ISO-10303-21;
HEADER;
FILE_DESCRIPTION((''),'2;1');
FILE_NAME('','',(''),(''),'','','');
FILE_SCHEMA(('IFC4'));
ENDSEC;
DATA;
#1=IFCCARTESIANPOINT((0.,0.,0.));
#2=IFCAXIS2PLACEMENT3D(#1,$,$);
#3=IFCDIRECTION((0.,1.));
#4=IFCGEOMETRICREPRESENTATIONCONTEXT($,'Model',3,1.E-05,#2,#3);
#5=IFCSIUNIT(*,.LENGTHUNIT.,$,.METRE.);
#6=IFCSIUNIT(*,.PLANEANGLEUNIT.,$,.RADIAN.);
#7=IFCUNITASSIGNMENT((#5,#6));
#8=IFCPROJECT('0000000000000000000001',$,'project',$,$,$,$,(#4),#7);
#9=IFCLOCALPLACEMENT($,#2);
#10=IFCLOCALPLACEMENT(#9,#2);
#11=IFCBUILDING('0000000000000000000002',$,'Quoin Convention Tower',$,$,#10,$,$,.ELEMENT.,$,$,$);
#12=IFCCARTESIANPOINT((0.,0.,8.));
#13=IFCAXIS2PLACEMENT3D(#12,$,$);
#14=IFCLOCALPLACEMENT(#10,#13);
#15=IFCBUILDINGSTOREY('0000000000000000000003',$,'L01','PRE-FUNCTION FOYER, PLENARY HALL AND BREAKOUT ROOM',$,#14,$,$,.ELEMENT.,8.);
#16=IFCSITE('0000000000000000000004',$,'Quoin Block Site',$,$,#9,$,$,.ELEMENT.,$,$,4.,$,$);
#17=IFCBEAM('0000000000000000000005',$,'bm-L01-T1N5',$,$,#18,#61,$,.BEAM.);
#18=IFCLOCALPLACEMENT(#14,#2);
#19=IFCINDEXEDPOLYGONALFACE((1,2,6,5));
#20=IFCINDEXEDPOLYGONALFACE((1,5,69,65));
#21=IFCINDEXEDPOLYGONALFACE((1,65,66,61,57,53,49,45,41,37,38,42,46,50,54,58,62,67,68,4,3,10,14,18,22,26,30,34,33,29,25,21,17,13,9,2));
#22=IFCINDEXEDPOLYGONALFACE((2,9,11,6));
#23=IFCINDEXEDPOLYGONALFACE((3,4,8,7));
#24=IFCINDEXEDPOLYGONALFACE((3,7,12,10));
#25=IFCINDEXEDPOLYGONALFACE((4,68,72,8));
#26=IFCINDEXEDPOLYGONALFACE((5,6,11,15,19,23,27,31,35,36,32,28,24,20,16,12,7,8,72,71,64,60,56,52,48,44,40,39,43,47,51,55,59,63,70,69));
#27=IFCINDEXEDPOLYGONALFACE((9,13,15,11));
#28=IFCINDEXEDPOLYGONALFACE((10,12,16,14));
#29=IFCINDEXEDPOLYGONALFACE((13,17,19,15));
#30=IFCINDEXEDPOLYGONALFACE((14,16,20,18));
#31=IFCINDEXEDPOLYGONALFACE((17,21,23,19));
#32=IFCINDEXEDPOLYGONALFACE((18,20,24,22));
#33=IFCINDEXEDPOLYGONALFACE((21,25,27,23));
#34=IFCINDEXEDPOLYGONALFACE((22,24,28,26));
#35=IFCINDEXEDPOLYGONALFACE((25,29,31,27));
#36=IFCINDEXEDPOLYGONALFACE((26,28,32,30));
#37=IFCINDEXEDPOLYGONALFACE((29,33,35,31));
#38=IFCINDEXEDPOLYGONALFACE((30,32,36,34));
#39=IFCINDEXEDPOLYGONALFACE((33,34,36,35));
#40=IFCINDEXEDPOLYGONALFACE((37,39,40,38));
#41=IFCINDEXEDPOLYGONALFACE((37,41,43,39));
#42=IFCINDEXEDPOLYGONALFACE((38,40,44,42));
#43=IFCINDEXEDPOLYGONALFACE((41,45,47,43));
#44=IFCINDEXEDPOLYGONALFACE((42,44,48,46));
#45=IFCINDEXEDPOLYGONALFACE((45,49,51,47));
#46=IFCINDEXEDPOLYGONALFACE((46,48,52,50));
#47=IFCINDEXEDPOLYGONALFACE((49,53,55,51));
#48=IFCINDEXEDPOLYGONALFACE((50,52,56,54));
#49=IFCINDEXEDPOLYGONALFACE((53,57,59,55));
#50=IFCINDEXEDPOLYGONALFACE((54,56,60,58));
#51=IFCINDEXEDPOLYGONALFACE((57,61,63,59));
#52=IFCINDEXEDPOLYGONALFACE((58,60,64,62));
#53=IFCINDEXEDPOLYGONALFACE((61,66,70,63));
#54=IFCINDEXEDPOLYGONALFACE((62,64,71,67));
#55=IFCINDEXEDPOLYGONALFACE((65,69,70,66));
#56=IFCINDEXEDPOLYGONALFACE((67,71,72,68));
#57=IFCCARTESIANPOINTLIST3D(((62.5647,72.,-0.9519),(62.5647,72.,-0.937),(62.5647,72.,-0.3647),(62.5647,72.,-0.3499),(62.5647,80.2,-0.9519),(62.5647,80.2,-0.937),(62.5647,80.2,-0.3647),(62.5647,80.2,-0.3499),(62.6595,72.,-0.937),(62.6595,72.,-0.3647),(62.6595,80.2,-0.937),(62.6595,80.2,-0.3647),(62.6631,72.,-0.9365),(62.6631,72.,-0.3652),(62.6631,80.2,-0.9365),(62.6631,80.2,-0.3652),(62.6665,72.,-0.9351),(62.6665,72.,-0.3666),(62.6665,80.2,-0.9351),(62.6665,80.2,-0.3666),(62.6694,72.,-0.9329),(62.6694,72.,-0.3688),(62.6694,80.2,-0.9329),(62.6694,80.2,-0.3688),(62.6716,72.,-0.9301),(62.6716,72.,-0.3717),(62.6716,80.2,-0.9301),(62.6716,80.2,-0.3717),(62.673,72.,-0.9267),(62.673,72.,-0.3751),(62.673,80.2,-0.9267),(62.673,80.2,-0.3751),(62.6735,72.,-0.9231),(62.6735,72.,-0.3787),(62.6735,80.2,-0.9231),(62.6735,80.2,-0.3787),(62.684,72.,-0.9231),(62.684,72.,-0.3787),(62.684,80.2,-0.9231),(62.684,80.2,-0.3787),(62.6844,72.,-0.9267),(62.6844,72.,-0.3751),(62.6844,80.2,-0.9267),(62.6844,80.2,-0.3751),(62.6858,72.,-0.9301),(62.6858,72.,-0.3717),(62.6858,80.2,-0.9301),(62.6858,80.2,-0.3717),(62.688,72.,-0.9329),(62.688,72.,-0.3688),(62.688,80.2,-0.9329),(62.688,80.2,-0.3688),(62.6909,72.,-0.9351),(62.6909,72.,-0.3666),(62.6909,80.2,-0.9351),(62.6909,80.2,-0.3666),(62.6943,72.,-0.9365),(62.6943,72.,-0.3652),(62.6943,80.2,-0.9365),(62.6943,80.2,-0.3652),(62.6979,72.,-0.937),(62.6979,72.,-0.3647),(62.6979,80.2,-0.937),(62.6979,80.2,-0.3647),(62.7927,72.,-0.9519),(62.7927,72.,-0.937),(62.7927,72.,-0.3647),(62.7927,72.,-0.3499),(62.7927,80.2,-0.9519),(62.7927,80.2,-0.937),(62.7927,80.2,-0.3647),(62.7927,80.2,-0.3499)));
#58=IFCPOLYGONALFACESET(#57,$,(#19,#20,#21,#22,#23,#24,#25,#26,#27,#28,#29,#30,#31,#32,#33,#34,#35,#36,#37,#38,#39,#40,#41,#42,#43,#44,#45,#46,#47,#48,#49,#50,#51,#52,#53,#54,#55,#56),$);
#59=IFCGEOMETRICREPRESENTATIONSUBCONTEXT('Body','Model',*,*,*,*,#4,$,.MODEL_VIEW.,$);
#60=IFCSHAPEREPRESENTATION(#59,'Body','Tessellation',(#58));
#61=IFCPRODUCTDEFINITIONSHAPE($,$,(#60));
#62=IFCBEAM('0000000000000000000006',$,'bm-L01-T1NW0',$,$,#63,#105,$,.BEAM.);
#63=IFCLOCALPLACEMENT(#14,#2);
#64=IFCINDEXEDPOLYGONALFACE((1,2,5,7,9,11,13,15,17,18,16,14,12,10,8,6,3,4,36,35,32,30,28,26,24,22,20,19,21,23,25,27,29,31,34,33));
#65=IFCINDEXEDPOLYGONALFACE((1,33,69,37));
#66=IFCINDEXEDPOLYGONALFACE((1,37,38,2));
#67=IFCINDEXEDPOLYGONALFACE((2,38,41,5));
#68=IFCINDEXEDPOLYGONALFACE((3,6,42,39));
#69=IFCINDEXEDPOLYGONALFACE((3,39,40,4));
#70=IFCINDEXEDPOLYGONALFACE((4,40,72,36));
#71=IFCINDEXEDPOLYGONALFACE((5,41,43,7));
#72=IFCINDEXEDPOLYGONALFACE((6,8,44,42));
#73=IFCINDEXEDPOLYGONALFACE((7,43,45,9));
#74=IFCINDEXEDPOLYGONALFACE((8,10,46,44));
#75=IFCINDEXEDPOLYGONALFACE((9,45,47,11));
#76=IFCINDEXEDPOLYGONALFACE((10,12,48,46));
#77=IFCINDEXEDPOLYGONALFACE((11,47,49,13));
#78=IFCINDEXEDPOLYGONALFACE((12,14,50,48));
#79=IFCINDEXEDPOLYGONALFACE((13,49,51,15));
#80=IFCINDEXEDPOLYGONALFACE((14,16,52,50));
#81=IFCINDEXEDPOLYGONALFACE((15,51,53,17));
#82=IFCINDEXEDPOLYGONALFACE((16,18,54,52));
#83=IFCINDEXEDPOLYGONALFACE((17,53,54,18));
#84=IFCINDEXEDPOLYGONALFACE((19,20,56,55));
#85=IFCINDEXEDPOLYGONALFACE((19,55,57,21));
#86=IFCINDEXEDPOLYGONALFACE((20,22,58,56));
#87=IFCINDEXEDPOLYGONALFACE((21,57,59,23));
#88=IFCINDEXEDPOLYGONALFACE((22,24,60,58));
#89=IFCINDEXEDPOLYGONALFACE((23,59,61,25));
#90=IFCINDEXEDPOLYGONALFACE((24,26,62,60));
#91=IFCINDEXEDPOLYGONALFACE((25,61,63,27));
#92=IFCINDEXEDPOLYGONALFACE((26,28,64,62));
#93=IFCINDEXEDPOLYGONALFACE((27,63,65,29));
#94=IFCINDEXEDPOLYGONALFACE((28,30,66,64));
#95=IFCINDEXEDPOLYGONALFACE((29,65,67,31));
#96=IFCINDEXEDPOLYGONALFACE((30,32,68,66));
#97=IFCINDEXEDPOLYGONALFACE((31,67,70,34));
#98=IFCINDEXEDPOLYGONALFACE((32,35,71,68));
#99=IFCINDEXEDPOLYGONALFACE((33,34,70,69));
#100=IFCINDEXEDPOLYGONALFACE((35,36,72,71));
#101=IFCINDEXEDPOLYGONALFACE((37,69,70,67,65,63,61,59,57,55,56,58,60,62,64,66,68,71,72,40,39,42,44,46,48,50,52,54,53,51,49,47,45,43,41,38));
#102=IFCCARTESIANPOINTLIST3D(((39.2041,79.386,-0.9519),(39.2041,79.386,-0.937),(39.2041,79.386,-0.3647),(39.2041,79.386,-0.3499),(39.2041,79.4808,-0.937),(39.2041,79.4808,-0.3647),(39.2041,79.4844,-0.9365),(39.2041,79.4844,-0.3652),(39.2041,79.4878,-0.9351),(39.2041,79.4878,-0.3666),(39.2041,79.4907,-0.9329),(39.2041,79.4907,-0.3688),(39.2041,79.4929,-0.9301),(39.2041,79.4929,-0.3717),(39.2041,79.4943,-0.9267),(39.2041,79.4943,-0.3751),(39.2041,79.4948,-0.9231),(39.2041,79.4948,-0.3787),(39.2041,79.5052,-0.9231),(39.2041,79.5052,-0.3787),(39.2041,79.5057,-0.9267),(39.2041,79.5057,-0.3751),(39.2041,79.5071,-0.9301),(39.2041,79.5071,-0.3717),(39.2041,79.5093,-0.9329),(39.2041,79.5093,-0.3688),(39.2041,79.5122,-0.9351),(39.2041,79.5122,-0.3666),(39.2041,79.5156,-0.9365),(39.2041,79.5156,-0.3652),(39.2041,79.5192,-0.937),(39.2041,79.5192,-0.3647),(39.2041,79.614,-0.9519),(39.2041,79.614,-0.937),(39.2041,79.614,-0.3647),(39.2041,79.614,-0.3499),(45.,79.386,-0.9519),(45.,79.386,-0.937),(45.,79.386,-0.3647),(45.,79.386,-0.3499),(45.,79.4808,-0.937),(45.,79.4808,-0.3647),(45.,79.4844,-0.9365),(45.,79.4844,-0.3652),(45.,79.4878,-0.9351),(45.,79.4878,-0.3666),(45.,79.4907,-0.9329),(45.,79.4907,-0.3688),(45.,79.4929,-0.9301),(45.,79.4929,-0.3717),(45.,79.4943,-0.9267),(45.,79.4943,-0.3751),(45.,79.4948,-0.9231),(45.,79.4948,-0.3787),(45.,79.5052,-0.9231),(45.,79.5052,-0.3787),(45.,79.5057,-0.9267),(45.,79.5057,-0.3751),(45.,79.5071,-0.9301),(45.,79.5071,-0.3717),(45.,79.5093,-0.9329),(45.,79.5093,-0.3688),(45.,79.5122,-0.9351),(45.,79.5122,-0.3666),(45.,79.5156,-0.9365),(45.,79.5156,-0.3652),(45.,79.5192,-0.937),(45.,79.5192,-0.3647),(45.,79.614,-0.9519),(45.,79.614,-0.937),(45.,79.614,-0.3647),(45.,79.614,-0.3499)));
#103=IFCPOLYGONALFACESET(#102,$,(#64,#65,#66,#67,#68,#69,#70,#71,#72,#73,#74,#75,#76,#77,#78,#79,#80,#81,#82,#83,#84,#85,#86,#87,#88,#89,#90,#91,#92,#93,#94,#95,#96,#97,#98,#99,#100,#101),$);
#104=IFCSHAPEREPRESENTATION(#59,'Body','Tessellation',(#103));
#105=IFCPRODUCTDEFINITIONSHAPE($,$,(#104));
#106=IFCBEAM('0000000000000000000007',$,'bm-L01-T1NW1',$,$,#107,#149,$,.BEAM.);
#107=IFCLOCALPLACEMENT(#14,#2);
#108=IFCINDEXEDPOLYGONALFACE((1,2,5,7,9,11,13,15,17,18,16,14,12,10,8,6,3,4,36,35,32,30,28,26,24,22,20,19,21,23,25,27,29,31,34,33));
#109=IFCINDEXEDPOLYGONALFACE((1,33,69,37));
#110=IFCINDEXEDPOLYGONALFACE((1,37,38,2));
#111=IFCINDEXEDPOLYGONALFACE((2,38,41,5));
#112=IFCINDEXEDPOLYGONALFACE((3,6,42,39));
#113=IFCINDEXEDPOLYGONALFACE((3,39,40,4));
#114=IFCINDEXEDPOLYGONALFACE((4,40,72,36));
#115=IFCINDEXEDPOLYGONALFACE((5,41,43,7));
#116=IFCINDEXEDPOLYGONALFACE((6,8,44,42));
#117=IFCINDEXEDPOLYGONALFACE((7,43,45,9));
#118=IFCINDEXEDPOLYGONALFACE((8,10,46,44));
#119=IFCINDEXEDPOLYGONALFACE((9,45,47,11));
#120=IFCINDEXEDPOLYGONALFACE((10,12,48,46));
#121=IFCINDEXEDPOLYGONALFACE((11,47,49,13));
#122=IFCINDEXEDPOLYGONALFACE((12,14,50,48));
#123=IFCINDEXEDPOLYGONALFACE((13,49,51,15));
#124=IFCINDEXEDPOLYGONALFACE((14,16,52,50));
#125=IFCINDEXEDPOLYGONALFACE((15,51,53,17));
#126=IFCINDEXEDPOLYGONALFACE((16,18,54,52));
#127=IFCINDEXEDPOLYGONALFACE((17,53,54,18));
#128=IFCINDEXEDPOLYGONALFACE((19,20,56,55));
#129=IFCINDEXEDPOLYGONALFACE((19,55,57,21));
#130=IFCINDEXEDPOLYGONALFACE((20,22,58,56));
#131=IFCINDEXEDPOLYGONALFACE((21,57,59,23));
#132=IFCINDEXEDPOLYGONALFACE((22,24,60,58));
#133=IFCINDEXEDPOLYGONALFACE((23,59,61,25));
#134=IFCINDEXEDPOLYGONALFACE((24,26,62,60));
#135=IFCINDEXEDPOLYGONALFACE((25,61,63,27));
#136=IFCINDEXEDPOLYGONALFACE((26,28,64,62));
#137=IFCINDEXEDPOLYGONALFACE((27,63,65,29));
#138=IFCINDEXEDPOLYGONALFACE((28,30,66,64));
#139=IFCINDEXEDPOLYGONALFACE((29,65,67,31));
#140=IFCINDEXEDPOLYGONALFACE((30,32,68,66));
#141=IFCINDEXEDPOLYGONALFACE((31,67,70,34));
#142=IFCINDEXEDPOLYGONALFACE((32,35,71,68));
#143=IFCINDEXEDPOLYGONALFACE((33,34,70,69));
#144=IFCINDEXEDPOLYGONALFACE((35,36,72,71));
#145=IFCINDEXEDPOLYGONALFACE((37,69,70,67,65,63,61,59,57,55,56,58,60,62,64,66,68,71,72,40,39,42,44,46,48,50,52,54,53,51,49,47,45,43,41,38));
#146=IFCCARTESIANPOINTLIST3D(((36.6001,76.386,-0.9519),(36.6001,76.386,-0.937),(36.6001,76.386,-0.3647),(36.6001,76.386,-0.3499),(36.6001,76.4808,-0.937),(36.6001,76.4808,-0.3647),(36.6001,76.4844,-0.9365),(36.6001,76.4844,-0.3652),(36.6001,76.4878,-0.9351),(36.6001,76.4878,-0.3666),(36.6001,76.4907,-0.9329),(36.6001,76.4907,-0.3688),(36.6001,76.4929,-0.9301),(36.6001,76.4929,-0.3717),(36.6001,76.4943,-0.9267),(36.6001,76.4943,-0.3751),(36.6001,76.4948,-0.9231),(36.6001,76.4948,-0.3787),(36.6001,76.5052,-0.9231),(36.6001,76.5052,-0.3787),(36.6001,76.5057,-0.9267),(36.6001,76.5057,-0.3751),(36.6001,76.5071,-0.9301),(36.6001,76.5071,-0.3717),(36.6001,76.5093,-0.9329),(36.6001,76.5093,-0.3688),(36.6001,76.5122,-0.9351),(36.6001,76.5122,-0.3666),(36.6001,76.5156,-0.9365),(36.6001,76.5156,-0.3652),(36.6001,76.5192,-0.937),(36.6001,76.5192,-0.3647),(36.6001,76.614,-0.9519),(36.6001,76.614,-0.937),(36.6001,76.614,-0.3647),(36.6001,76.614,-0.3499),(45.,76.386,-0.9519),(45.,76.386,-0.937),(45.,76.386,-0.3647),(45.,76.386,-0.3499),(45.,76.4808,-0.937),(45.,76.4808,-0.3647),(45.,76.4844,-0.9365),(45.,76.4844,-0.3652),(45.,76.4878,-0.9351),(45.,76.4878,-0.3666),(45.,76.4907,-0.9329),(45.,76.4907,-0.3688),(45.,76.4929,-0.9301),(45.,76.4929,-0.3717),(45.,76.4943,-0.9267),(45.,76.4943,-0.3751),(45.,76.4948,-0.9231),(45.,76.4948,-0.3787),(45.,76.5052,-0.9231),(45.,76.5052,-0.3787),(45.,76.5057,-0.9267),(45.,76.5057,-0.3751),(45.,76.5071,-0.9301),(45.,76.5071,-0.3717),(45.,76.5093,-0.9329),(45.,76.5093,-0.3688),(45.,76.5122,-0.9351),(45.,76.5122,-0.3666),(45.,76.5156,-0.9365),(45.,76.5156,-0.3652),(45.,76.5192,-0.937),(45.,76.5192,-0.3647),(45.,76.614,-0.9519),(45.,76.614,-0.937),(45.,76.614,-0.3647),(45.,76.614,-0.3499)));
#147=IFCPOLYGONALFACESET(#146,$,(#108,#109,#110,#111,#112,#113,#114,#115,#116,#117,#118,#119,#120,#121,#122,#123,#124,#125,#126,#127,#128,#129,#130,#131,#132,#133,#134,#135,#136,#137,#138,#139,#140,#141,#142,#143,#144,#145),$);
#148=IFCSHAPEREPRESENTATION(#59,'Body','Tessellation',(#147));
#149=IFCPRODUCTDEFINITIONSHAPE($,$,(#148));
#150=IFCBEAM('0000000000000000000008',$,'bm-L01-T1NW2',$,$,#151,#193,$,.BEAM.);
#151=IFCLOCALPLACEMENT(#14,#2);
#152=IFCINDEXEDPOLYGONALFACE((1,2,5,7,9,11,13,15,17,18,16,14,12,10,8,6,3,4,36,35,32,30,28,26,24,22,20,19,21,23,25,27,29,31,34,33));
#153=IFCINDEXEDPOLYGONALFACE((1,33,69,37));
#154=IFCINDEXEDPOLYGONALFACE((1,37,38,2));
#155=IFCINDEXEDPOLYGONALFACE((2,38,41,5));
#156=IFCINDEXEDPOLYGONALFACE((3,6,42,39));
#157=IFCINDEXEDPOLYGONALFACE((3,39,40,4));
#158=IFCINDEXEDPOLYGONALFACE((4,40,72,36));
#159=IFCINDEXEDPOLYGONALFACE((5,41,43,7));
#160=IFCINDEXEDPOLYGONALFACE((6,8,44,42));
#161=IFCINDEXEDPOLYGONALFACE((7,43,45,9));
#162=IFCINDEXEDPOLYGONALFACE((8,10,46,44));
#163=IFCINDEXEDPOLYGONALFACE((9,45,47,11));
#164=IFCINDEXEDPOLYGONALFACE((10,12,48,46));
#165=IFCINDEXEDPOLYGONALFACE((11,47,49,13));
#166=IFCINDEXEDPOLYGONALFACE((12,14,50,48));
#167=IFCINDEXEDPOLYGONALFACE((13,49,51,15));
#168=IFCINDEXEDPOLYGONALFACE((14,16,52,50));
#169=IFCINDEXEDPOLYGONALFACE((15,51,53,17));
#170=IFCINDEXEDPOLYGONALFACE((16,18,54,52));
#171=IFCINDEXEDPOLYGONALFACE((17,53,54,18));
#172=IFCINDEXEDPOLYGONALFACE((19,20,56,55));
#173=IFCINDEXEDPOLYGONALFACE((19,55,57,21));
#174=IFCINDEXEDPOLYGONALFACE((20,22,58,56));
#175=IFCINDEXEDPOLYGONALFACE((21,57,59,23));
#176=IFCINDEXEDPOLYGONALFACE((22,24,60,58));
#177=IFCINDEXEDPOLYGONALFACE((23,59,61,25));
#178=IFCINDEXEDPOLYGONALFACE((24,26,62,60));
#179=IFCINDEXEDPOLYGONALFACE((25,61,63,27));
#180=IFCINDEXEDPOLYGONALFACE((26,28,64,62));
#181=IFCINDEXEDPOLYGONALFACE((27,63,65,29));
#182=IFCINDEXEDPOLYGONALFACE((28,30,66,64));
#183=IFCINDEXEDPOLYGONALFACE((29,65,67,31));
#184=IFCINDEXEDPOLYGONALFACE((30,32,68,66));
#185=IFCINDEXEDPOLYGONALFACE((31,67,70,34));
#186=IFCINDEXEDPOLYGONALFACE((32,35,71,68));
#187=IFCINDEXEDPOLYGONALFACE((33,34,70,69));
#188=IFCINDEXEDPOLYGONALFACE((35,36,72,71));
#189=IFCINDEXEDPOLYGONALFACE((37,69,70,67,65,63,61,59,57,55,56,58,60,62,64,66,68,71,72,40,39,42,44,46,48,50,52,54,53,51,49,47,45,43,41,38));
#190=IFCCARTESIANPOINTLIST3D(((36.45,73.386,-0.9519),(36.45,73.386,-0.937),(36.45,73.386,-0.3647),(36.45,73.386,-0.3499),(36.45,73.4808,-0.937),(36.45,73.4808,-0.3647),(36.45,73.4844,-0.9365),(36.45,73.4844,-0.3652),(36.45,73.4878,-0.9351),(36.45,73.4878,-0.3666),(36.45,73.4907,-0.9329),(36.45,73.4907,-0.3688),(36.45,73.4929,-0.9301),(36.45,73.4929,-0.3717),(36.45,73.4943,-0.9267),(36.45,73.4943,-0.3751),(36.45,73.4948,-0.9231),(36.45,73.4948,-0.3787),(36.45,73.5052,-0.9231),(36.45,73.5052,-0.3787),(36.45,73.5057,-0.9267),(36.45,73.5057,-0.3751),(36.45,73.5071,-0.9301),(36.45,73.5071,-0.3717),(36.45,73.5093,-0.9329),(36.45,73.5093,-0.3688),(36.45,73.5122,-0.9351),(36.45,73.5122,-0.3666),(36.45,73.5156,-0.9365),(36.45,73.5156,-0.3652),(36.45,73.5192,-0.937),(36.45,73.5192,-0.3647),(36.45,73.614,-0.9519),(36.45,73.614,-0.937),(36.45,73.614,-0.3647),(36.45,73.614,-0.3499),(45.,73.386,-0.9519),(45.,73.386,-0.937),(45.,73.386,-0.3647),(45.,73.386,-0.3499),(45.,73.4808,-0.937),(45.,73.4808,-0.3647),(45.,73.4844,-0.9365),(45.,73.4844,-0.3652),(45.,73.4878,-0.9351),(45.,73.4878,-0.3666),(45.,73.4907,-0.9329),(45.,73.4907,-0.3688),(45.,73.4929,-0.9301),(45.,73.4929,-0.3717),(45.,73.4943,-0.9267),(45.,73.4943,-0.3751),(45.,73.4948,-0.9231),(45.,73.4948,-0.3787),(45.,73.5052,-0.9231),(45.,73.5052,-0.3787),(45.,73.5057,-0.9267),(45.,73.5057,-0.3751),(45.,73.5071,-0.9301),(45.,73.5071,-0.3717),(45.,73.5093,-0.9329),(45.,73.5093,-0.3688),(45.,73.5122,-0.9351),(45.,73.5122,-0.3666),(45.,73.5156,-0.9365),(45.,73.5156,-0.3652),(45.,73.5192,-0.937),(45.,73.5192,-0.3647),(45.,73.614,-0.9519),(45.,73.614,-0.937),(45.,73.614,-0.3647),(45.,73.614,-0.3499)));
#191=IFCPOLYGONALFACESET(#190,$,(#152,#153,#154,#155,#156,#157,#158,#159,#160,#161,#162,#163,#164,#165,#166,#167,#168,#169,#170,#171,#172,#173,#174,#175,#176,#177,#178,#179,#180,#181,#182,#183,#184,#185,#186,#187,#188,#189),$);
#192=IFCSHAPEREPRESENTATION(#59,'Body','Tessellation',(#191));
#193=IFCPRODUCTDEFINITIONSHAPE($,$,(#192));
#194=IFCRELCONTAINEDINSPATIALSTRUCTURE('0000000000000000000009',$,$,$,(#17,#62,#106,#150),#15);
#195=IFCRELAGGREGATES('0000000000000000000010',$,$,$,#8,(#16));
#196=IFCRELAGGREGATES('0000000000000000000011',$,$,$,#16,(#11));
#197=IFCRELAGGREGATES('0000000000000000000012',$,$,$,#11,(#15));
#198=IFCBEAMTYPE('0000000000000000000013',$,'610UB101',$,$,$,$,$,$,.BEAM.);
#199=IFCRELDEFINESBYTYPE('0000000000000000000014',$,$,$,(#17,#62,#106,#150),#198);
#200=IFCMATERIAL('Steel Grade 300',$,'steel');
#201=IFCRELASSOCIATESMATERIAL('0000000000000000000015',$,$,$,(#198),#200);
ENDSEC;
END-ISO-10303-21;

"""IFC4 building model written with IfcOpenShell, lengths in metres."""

from ifc_helpers import new_model, si_unit, direction, frame, origin, origin_2d, place, context, subcontext, project, spatial, i_section, extrude, material, material_profile, profile_set, type_object, element, save


model = new_model("IFC4")

# Units and contexts
model_context = context("Model", 3, precision=1e-05, world=origin(), true_north=direction((0.0, 1.0)))
body_context = subcontext(model_context, "Body", "Model", "MODEL_VIEW")
ifc_project = project(units=[si_unit("LENGTHUNIT", "METRE"), si_unit("PLANEANGLEUNIT", "RADIAN")], contexts=[model_context])

# Site, building, storey
site_placement = place(None, origin())
site = spatial("IfcSite", under=ifc_project, at=site_placement, Name="Quoin Block Site", CompositionType="ELEMENT", RefElevation=4.0)
building_placement = place(site_placement, origin())
building = spatial("IfcBuilding", under=site, at=building_placement, Name="Quoin Convention Tower", CompositionType="ELEMENT")
storey_placement = place(building_placement, frame((0.0, 0.0, 8.0)))
storey = spatial("IfcBuildingStorey", under=building, at=storey_placement, Name="L01", Description="PRE-FUNCTION FOYER, PLENARY HALL AND BREAKOUT ROOM", CompositionType="ELEMENT", Elevation=8.0)

# Shared definitions
ifc_material_1 = material(Name="Steel Grade 300", Category="steel")

# Beams
ifc_material_profile_1 = material_profile(ifc_material_1, i_section(OverallWidth=0.228, OverallDepth=0.6021, WebThickness=0.0105, FlangeThickness=0.0149, FilletRadius=0.0139, at=origin_2d()), Name="610UB101")
ifc_profile_set_1 = profile_set([ifc_material_profile_1], Name="Steel Grade 300")
beam_type_1 = type_object("IfcBeamType", Name="610UB101", PredefinedType="BEAM", material=ifc_profile_set_1)
beam_1_placement = place(storey_placement, frame((62.6787, 72.0, -0.6509), z_axis=(0.0, 1.0, 0.0), x_axis=(-1.0, 0.0, 0.0)))
element("IfcBeam", 1, at=beam_1_placement, inside=storey, type_object=beam_type_1, Name="bm-L01-T1N5", PredefinedType="BEAM", context=body_context, shape_type="SweptSolid", body=[
    extrude(i_section(OverallWidth=0.228, OverallDepth=0.6021, WebThickness=0.0105, FlangeThickness=0.0149, FilletRadius=0.0139, at=origin_2d()), origin(), (0.0, 0.0, 1.0), 8.2),
])
beam_2_placement = place(storey_placement, frame((39.2041, 79.5, -0.6509), z_axis=(1.0, 0.0, 0.0), x_axis=(0.0, 1.0, 0.0)))
element("IfcBeam", 2, at=beam_2_placement, inside=storey, type_object=beam_type_1, Name="bm-L01-T1NW0", PredefinedType="BEAM", context=body_context, shape_type="SweptSolid", body=[
    extrude(i_section(OverallWidth=0.228, OverallDepth=0.6021, WebThickness=0.0105, FlangeThickness=0.0149, FilletRadius=0.0139, at=origin_2d()), origin(), (0.0, 0.0, 1.0), 5.7959),
])
beam_3_placement = place(storey_placement, frame((36.6001, 76.5, -0.6509), z_axis=(1.0, 0.0, 0.0), x_axis=(0.0, 1.0, 0.0)))
element("IfcBeam", 3, at=beam_3_placement, inside=storey, type_object=beam_type_1, Name="bm-L01-T1NW1", PredefinedType="BEAM", context=body_context, shape_type="SweptSolid", body=[
    extrude(i_section(OverallWidth=0.228, OverallDepth=0.6021, WebThickness=0.0105, FlangeThickness=0.0149, FilletRadius=0.0139, at=origin_2d()), origin(), (0.0, 0.0, 1.0), 8.3999),
])
beam_4_placement = place(storey_placement, frame((36.45, 73.5, -0.6509), z_axis=(1.0, 0.0, 0.0), x_axis=(0.0, 1.0, 0.0)))
element("IfcBeam", 4, at=beam_4_placement, inside=storey, type_object=beam_type_1, Name="bm-L01-T1NW2", PredefinedType="BEAM", context=body_context, shape_type="SweptSolid", body=[
    extrude(i_section(OverallWidth=0.228, OverallDepth=0.6021, WebThickness=0.0105, FlangeThickness=0.0149, FilletRadius=0.0139, at=origin_2d()), origin(), (0.0, 0.0, 1.0), 8.55),
])

save(model, "model.ifc")
